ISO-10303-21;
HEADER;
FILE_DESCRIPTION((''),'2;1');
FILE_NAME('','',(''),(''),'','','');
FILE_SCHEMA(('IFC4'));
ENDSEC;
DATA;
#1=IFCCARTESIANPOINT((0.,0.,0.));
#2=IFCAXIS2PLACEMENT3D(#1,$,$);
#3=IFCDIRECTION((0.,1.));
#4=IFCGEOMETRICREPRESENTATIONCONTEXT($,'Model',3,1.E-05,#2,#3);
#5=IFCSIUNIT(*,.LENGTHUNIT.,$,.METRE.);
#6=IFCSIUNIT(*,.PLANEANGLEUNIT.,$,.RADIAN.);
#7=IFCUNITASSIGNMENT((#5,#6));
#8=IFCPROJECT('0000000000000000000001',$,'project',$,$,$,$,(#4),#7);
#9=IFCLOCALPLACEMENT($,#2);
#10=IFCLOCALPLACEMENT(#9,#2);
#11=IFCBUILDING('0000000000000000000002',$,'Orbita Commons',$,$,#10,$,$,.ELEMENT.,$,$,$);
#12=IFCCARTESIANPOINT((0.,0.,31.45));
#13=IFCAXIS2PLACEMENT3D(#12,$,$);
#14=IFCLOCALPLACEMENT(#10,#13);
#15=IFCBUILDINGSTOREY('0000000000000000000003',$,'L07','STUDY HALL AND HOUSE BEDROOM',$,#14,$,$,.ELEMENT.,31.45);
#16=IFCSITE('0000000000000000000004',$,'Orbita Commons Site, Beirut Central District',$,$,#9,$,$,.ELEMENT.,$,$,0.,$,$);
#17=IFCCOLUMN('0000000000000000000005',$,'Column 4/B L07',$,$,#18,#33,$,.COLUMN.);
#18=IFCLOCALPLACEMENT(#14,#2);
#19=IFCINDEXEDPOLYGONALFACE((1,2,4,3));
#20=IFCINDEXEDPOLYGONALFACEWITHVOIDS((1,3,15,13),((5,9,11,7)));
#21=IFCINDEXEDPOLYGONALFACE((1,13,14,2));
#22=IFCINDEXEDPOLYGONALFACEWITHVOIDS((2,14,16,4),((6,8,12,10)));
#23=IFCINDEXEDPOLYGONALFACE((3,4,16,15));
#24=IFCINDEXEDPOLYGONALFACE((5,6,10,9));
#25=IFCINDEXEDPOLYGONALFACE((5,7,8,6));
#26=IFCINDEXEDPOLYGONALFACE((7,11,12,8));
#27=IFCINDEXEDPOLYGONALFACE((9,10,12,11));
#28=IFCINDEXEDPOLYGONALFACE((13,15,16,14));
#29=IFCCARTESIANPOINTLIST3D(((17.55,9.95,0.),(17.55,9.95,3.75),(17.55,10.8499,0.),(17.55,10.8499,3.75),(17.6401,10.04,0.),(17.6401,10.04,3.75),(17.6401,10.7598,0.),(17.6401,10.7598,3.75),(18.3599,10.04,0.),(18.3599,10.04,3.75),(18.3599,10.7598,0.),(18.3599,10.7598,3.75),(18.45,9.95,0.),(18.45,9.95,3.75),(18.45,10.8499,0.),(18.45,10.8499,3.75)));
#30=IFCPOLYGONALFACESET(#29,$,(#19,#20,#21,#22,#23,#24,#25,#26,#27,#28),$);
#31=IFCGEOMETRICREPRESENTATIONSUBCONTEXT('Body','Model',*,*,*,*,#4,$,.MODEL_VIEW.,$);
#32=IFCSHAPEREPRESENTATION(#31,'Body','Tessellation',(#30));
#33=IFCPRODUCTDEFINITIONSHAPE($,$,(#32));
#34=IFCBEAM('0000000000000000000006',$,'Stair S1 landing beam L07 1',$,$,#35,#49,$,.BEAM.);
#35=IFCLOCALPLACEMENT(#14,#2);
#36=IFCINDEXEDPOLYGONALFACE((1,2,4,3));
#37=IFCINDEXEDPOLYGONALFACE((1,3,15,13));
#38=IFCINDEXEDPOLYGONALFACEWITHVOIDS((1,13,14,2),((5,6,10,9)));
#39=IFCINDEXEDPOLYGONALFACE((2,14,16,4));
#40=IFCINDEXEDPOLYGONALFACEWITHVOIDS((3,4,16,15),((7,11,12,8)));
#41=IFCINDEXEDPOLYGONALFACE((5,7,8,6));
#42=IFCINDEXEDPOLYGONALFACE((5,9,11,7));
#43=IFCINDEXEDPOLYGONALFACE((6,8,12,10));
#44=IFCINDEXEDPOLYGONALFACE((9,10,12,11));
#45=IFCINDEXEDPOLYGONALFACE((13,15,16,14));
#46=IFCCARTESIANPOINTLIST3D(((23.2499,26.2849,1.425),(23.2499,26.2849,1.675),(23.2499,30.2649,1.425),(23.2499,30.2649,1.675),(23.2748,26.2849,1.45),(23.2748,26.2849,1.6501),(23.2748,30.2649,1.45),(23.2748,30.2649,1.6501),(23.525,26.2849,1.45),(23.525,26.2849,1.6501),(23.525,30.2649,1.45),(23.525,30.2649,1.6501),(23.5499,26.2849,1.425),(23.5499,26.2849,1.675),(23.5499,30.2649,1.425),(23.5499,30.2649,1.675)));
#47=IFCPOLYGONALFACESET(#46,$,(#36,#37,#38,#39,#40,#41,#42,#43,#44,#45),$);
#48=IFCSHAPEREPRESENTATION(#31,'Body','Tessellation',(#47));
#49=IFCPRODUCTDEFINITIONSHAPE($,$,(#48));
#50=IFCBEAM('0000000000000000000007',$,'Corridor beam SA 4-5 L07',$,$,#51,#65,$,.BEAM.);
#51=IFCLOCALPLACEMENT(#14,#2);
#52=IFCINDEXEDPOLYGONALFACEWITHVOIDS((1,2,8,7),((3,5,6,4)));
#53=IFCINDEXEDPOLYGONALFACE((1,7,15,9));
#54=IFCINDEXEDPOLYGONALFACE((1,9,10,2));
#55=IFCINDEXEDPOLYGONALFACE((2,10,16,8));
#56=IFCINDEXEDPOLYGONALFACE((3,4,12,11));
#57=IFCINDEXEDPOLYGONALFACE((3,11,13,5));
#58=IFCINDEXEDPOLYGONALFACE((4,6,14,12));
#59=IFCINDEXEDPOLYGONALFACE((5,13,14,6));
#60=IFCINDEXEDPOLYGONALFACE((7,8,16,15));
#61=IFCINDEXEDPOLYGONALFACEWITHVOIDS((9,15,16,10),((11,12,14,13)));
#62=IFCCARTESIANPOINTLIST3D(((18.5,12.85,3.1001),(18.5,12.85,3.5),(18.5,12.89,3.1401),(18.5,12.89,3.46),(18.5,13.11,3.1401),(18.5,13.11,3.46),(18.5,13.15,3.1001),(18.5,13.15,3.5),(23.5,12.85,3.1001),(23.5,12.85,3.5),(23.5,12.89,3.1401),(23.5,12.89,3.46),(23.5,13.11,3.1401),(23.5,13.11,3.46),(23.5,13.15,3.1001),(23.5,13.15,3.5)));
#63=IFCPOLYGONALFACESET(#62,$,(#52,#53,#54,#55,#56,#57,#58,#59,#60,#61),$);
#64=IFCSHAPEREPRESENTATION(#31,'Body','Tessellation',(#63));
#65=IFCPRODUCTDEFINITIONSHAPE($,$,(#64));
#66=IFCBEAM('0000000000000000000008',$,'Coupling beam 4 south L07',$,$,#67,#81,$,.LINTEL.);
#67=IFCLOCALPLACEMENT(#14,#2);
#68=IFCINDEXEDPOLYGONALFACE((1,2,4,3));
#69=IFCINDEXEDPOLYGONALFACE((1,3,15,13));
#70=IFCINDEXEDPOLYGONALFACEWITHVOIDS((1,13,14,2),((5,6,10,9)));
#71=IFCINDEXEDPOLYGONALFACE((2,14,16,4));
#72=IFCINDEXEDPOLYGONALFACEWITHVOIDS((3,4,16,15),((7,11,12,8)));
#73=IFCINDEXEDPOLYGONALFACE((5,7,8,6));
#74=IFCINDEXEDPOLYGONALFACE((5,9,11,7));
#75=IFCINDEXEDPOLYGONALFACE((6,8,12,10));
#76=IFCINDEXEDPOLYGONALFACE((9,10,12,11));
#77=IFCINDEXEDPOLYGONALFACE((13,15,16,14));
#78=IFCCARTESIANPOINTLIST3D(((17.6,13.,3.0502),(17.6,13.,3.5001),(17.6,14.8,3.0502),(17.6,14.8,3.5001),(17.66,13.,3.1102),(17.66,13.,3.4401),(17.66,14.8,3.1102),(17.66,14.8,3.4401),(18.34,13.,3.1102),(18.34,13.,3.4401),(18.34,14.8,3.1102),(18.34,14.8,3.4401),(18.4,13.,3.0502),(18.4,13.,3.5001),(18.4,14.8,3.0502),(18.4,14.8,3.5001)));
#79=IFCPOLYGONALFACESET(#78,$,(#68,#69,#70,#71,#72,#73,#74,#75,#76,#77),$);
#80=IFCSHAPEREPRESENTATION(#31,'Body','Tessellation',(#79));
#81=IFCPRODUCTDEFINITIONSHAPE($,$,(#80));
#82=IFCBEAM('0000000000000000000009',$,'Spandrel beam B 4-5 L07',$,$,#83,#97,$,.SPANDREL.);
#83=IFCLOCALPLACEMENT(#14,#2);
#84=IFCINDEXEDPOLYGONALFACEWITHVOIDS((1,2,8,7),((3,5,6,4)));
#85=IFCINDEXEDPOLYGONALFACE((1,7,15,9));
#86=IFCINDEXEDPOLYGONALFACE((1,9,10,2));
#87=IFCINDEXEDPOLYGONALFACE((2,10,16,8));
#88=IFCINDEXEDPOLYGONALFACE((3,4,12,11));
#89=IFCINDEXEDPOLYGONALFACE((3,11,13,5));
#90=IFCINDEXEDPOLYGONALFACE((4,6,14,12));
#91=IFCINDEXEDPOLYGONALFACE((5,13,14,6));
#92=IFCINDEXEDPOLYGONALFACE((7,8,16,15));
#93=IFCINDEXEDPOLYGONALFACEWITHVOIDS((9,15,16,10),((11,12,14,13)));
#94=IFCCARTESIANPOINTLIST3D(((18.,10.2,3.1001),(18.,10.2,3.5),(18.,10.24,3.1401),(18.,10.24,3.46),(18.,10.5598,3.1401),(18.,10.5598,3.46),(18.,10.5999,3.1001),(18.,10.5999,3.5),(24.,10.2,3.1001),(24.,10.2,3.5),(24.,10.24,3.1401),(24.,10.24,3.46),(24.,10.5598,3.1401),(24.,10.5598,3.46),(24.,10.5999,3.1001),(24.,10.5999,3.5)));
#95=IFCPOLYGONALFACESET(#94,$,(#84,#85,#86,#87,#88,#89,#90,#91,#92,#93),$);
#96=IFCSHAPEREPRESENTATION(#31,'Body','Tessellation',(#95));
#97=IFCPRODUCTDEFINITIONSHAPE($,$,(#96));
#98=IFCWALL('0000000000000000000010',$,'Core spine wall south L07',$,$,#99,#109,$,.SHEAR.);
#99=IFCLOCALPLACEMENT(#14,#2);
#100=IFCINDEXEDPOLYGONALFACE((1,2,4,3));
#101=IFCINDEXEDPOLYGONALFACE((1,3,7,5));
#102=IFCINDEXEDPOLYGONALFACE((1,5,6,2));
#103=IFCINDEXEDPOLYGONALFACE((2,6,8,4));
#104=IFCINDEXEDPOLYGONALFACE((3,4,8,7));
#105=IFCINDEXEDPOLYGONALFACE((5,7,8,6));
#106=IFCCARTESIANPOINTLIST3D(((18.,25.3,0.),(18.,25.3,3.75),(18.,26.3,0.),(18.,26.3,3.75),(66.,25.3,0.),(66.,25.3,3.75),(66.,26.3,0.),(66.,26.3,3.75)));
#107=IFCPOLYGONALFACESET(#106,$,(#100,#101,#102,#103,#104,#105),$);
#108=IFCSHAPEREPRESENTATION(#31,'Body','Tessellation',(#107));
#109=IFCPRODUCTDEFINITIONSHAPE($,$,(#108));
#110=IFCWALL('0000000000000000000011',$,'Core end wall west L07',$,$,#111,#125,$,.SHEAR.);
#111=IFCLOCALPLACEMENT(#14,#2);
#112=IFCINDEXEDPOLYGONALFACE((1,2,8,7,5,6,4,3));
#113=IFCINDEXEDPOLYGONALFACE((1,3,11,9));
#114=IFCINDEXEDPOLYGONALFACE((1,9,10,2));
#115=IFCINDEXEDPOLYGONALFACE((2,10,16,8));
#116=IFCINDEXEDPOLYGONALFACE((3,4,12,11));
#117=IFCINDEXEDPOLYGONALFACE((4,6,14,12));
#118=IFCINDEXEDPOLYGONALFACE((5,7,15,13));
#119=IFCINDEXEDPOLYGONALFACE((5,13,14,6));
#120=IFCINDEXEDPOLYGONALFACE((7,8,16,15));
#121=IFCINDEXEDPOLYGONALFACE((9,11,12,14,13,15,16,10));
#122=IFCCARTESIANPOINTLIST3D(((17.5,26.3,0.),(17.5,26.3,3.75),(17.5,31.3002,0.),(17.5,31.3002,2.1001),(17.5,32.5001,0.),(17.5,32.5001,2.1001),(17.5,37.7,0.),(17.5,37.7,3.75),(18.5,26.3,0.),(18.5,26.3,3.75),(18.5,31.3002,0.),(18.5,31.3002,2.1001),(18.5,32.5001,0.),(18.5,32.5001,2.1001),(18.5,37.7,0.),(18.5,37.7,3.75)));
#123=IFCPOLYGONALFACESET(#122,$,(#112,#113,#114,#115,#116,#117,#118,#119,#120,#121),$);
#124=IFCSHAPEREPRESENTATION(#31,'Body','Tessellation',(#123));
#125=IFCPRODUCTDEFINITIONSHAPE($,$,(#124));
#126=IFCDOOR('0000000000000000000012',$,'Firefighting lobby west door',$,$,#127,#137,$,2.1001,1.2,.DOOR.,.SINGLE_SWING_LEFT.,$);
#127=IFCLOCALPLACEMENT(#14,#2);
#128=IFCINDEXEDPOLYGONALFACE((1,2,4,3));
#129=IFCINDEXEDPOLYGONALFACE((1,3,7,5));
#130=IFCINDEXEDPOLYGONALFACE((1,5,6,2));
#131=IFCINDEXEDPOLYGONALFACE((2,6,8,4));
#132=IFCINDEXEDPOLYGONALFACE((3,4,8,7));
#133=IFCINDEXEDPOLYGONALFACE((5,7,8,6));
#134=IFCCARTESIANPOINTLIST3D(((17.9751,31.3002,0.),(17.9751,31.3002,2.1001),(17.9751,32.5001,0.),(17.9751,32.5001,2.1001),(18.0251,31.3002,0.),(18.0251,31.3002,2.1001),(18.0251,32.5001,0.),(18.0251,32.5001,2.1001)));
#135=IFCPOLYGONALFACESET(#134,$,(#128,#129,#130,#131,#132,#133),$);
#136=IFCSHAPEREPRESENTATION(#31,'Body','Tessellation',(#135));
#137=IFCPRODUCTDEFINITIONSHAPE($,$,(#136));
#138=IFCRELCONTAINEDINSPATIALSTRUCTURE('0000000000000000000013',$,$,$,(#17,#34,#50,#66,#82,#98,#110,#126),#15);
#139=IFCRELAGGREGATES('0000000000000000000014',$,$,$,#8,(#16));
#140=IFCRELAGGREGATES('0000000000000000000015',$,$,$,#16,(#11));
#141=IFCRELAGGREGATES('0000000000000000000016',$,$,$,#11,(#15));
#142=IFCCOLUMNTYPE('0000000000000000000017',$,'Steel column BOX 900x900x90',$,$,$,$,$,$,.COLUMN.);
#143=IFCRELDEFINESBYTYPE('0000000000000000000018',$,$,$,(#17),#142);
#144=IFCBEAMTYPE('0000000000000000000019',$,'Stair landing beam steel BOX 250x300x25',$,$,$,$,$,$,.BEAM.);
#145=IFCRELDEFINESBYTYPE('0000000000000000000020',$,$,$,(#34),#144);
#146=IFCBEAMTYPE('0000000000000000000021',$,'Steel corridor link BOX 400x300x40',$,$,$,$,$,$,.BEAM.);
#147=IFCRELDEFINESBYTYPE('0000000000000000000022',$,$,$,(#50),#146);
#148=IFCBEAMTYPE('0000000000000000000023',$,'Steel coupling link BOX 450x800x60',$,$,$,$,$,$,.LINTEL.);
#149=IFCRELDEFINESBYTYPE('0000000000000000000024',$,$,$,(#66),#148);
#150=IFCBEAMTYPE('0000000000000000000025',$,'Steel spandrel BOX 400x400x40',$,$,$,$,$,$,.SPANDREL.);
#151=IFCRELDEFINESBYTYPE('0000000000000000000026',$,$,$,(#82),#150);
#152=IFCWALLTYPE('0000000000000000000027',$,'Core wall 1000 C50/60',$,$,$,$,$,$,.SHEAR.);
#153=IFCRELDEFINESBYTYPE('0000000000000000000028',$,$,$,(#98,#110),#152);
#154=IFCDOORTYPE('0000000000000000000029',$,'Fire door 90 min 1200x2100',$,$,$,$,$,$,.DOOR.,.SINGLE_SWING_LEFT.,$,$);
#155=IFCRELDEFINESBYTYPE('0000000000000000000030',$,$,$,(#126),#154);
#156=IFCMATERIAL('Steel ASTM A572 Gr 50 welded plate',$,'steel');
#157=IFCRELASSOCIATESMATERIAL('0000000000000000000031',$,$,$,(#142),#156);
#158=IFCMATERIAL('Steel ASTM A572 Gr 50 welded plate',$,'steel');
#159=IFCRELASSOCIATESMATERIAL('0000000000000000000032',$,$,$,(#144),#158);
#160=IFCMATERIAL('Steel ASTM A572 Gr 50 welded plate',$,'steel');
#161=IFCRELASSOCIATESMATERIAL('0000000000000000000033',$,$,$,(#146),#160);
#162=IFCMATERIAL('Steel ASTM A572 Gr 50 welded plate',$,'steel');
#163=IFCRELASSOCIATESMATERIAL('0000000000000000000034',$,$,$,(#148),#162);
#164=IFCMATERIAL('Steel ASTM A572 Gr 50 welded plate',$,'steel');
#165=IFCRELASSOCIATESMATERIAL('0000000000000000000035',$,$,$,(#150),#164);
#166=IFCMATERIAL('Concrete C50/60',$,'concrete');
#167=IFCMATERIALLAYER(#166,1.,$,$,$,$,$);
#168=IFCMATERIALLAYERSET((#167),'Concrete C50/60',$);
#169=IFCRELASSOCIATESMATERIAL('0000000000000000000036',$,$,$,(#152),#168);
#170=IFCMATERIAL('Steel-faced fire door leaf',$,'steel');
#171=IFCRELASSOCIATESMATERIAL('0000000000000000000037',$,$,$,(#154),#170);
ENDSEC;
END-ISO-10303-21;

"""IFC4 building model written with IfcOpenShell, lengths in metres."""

from ifc_helpers import new_model, si_unit, direction, frame, frame_2d, origin, origin_2d, place, context, subcontext, project, spatial, rectangle, hollow_rectangle, extrude, material, layer, layer_set, material_profile, profile_set, type_object, element, fill, save


model = new_model("IFC4")

# Units and contexts
model_context = context("Model", 3, precision=1e-05, world=origin(), true_north=direction((0.0, 1.0)))
body_context = subcontext(model_context, "Body", "Model", "MODEL_VIEW")
ifc_project = project(units=[si_unit("LENGTHUNIT", "METRE"), si_unit("PLANEANGLEUNIT", "RADIAN")], contexts=[model_context])

# Site, building, storey
site_placement = place(None, origin())
site = spatial("IfcSite", under=ifc_project, at=site_placement, Name="Orbita Commons Site, Beirut Central District", CompositionType="ELEMENT", RefElevation=0.0)
building_placement = place(site_placement, origin())
building = spatial("IfcBuilding", under=site, at=building_placement, Name="Orbita Commons", CompositionType="ELEMENT")
storey_placement = place(building_placement, frame((0.0, 0.0, 31.45)))
storey = spatial("IfcBuildingStorey", under=building, at=storey_placement, Name="L07", Description="STUDY HALL AND HOUSE BEDROOM", CompositionType="ELEMENT", Elevation=31.45)

# Column
ifc_material_1 = material(Name="Steel ASTM A572 Gr 50 welded plate", Category="steel")
ifc_material_profile_1 = material_profile(ifc_material_1, hollow_rectangle(XDim=0.8999, YDim=0.8999, WallThickness=0.0901, at=origin_2d()), Name="BOX 900x900x90")
ifc_profile_set_1 = profile_set([ifc_material_profile_1], Name="Steel ASTM A572 Gr 50 welded plate")
column_type = type_object("IfcColumnType", Name="Steel column BOX 900x900x90", PredefinedType="COLUMN", material=ifc_profile_set_1)
column_placement = place(storey_placement, frame((18.0, 10.3999, 0.0), z_axis=(0.0, 0.0, 1.0), x_axis=(1.0, 0.0, 0.0)))
element("IfcColumn", 1, at=column_placement, inside=storey, type_object=column_type, Name="Column 4/B L07", PredefinedType="COLUMN", context=body_context, shape_type="SweptSolid", body=[
    extrude(hollow_rectangle(XDim=0.8999, YDim=0.8999, WallThickness=0.0901, at=origin_2d()), origin(), (0.0, 0.0, 1.0), 3.75),
])

# Beams
ifc_material_2 = material(Name="Steel ASTM A572 Gr 50 welded plate", Category="steel")
ifc_material_profile_2 = material_profile(ifc_material_2, hollow_rectangle(XDim=0.3, YDim=0.25, WallThickness=0.0249, at=origin_2d()), Name="BOX 250x300x25")
ifc_profile_set_2 = profile_set([ifc_material_profile_2], Name="Steel ASTM A572 Gr 50 welded plate")
beam_type_1 = type_object("IfcBeamType", Name="Stair landing beam steel BOX 250x300x25", PredefinedType="BEAM", material=ifc_profile_set_2)
beam_1_placement = place(storey_placement, frame((23.3999, 26.2849, 1.55), z_axis=(0.0, 1.0, 0.0), x_axis=(-1.0, 0.0, 0.0)))
element("IfcBeam", 2, at=beam_1_placement, inside=storey, type_object=beam_type_1, Name="Stair S1 landing beam L07 1", PredefinedType="BEAM", context=body_context, shape_type="SweptSolid", body=[
    extrude(hollow_rectangle(XDim=0.3, YDim=0.25, WallThickness=0.0249, at=origin_2d()), origin(), (0.0, 0.0, 1.0), 3.98),
])
ifc_material_3 = material(Name="Steel ASTM A572 Gr 50 welded plate", Category="steel")
ifc_material_profile_3 = material_profile(ifc_material_3, hollow_rectangle(XDim=0.3, YDim=0.3999, WallThickness=0.04, at=origin_2d()), Name="BOX 400x300x40")
ifc_profile_set_3 = profile_set([ifc_material_profile_3], Name="Steel ASTM A572 Gr 50 welded plate")
beam_type_2 = type_object("IfcBeamType", Name="Steel corridor link BOX 400x300x40", PredefinedType="BEAM", material=ifc_profile_set_3)
beam_2_placement = place(storey_placement, frame((18.5, 13.0, 3.3), z_axis=(1.0, 0.0, 0.0), x_axis=(0.0, 1.0, 0.0)))
element("IfcBeam", 3, at=beam_2_placement, inside=storey, type_object=beam_type_2, Name="Corridor beam SA 4-5 L07", PredefinedType="BEAM", context=body_context, shape_type="SweptSolid", body=[
    extrude(hollow_rectangle(XDim=0.3, YDim=0.3999, WallThickness=0.04, at=origin_2d()), origin(), (0.0, 0.0, 1.0), 5.0),
])
ifc_material_4 = material(Name="Steel ASTM A572 Gr 50 welded plate", Category="steel")
ifc_material_profile_4 = material_profile(ifc_material_4, hollow_rectangle(XDim=0.8, YDim=0.45, WallThickness=0.0601, at=origin_2d()), Name="BOX 450x800x60")
ifc_profile_set_4 = profile_set([ifc_material_profile_4], Name="Steel ASTM A572 Gr 50 welded plate")
beam_type_3 = type_object("IfcBeamType", Name="Steel coupling link BOX 450x800x60", PredefinedType="LINTEL", material=ifc_profile_set_4)
beam_3_placement = place(storey_placement, frame((18.0, 13.0, 3.2751), z_axis=(0.0, 1.0, 0.0), x_axis=(-1.0, 0.0, 0.0)))
element("IfcBeam", 4, at=beam_3_placement, inside=storey, type_object=beam_type_3, Name="Coupling beam 4 south L07", PredefinedType="LINTEL", context=body_context, shape_type="SweptSolid", body=[
    extrude(hollow_rectangle(XDim=0.8, YDim=0.45, WallThickness=0.0601, at=origin_2d()), origin(), (0.0, 0.0, 1.0), 1.8),
])
ifc_material_5 = material(Name="Steel ASTM A572 Gr 50 welded plate", Category="steel")
ifc_material_profile_5 = material_profile(ifc_material_5, hollow_rectangle(XDim=0.3999, YDim=0.3999, WallThickness=0.04, at=origin_2d()), Name="BOX 400x400x40")
ifc_profile_set_5 = profile_set([ifc_material_profile_5], Name="Steel ASTM A572 Gr 50 welded plate")
beam_type_4 = type_object("IfcBeamType", Name="Steel spandrel BOX 400x400x40", PredefinedType="SPANDREL", material=ifc_profile_set_5)
beam_4_placement = place(storey_placement, frame((18.0, 10.3999, 3.3), z_axis=(1.0, 0.0, 0.0), x_axis=(0.0, 1.0, 0.0)))
element("IfcBeam", 5, at=beam_4_placement, inside=storey, type_object=beam_type_4, Name="Spandrel beam B 4-5 L07", PredefinedType="SPANDREL", context=body_context, shape_type="SweptSolid", body=[
    extrude(hollow_rectangle(XDim=0.3999, YDim=0.3999, WallThickness=0.04, at=origin_2d()), origin(), (0.0, 0.0, 1.0), 6.0),
])

# Wall
ifc_material_6 = material(Name="Concrete C50/60", Category="concrete")
ifc_layer_1 = layer(ifc_material_6, 1.0)
ifc_layer_set_1 = layer_set([ifc_layer_1], Name="Concrete C50/60")
wall_type_1 = type_object("IfcWallType", Name="Core wall 1000 C50/60", PredefinedType="SHEAR", material=ifc_layer_set_1)
wall_1_placement = place(storey_placement, frame((18.0, 25.8, 0.0), z_axis=(0.0, 0.0, 1.0), x_axis=(1.0, 0.0, 0.0)))
element("IfcWall", 6, at=wall_1_placement, inside=storey, type_object=wall_type_1, Name="Core spine wall south L07", PredefinedType="SHEAR", context=body_context, shape_type="SweptSolid", body=[
    extrude(rectangle(XDim=48.0, YDim=1.0, at=frame_2d((24.0, 0.0))), origin(), (0.0, 0.0, 1.0), 3.75),
])

# Wall, opening, door
wall_2_placement = place(storey_placement, frame((18.0, 26.3, 0.0), z_axis=(0.0, 0.0, 1.0), x_axis=(0.0, 1.0, 0.0)))
wall_2 = element("IfcWall", 7, at=wall_2_placement, inside=storey, type_object=wall_type_1, Name="Core end wall west L07", PredefinedType="SHEAR", context=body_context, shape_type="SweptSolid", body=[
    extrude(rectangle(XDim=11.3999, YDim=1.0, at=frame_2d((5.7, 0.0))), origin(), (0.0, 0.0, 1.0), 3.75),
])
opening_1_placement = place(wall_2_placement, frame((5.0, 0.0, 0.0)))
opening_1 = element("IfcOpeningElement", 8, at=opening_1_placement, cuts=wall_2, PredefinedType="OPENING", context=body_context, shape_type="SweptSolid", body=[
    extrude(rectangle(XDim=1.2, YDim=2.1001, at=frame_2d((0.6001, 1.05))), frame((0.0, 0.51, 0.0), z_axis=(0.0, -1.0, 0.0), x_axis=(1.0, 0.0, 0.0)), (0.0, 0.0, 1.0), 1.02),
])
ifc_material_7 = material(Name="Steel-faced fire door leaf", Category="steel")
door_type_1 = type_object("IfcDoorType", Name="Fire door 90 min 1200x2100", OperationType="SINGLE_SWING_LEFT", PredefinedType="DOOR", material=ifc_material_7)
door_1_placement = place(opening_1_placement, origin())
door_1 = element("IfcDoor", 9, at=door_1_placement, inside=storey, type_object=door_type_1, Name="Firefighting lobby west door", OperationType="SINGLE_SWING_LEFT", OverallHeight=2.1001, OverallWidth=1.2, PredefinedType="DOOR", context=body_context, shape_type="SweptSolid", body=[
    extrude(rectangle(XDim=1.2, YDim=2.1001, at=frame_2d((0.6001, 1.05))), frame((0.0, 0.0249, 0.0), z_axis=(0.0, -1.0, 0.0), x_axis=(1.0, 0.0, 0.0)), (0.0, 0.0, 1.0), 0.05),
])
fill(opening_1, door_1)

save(model, "model.ifc")
